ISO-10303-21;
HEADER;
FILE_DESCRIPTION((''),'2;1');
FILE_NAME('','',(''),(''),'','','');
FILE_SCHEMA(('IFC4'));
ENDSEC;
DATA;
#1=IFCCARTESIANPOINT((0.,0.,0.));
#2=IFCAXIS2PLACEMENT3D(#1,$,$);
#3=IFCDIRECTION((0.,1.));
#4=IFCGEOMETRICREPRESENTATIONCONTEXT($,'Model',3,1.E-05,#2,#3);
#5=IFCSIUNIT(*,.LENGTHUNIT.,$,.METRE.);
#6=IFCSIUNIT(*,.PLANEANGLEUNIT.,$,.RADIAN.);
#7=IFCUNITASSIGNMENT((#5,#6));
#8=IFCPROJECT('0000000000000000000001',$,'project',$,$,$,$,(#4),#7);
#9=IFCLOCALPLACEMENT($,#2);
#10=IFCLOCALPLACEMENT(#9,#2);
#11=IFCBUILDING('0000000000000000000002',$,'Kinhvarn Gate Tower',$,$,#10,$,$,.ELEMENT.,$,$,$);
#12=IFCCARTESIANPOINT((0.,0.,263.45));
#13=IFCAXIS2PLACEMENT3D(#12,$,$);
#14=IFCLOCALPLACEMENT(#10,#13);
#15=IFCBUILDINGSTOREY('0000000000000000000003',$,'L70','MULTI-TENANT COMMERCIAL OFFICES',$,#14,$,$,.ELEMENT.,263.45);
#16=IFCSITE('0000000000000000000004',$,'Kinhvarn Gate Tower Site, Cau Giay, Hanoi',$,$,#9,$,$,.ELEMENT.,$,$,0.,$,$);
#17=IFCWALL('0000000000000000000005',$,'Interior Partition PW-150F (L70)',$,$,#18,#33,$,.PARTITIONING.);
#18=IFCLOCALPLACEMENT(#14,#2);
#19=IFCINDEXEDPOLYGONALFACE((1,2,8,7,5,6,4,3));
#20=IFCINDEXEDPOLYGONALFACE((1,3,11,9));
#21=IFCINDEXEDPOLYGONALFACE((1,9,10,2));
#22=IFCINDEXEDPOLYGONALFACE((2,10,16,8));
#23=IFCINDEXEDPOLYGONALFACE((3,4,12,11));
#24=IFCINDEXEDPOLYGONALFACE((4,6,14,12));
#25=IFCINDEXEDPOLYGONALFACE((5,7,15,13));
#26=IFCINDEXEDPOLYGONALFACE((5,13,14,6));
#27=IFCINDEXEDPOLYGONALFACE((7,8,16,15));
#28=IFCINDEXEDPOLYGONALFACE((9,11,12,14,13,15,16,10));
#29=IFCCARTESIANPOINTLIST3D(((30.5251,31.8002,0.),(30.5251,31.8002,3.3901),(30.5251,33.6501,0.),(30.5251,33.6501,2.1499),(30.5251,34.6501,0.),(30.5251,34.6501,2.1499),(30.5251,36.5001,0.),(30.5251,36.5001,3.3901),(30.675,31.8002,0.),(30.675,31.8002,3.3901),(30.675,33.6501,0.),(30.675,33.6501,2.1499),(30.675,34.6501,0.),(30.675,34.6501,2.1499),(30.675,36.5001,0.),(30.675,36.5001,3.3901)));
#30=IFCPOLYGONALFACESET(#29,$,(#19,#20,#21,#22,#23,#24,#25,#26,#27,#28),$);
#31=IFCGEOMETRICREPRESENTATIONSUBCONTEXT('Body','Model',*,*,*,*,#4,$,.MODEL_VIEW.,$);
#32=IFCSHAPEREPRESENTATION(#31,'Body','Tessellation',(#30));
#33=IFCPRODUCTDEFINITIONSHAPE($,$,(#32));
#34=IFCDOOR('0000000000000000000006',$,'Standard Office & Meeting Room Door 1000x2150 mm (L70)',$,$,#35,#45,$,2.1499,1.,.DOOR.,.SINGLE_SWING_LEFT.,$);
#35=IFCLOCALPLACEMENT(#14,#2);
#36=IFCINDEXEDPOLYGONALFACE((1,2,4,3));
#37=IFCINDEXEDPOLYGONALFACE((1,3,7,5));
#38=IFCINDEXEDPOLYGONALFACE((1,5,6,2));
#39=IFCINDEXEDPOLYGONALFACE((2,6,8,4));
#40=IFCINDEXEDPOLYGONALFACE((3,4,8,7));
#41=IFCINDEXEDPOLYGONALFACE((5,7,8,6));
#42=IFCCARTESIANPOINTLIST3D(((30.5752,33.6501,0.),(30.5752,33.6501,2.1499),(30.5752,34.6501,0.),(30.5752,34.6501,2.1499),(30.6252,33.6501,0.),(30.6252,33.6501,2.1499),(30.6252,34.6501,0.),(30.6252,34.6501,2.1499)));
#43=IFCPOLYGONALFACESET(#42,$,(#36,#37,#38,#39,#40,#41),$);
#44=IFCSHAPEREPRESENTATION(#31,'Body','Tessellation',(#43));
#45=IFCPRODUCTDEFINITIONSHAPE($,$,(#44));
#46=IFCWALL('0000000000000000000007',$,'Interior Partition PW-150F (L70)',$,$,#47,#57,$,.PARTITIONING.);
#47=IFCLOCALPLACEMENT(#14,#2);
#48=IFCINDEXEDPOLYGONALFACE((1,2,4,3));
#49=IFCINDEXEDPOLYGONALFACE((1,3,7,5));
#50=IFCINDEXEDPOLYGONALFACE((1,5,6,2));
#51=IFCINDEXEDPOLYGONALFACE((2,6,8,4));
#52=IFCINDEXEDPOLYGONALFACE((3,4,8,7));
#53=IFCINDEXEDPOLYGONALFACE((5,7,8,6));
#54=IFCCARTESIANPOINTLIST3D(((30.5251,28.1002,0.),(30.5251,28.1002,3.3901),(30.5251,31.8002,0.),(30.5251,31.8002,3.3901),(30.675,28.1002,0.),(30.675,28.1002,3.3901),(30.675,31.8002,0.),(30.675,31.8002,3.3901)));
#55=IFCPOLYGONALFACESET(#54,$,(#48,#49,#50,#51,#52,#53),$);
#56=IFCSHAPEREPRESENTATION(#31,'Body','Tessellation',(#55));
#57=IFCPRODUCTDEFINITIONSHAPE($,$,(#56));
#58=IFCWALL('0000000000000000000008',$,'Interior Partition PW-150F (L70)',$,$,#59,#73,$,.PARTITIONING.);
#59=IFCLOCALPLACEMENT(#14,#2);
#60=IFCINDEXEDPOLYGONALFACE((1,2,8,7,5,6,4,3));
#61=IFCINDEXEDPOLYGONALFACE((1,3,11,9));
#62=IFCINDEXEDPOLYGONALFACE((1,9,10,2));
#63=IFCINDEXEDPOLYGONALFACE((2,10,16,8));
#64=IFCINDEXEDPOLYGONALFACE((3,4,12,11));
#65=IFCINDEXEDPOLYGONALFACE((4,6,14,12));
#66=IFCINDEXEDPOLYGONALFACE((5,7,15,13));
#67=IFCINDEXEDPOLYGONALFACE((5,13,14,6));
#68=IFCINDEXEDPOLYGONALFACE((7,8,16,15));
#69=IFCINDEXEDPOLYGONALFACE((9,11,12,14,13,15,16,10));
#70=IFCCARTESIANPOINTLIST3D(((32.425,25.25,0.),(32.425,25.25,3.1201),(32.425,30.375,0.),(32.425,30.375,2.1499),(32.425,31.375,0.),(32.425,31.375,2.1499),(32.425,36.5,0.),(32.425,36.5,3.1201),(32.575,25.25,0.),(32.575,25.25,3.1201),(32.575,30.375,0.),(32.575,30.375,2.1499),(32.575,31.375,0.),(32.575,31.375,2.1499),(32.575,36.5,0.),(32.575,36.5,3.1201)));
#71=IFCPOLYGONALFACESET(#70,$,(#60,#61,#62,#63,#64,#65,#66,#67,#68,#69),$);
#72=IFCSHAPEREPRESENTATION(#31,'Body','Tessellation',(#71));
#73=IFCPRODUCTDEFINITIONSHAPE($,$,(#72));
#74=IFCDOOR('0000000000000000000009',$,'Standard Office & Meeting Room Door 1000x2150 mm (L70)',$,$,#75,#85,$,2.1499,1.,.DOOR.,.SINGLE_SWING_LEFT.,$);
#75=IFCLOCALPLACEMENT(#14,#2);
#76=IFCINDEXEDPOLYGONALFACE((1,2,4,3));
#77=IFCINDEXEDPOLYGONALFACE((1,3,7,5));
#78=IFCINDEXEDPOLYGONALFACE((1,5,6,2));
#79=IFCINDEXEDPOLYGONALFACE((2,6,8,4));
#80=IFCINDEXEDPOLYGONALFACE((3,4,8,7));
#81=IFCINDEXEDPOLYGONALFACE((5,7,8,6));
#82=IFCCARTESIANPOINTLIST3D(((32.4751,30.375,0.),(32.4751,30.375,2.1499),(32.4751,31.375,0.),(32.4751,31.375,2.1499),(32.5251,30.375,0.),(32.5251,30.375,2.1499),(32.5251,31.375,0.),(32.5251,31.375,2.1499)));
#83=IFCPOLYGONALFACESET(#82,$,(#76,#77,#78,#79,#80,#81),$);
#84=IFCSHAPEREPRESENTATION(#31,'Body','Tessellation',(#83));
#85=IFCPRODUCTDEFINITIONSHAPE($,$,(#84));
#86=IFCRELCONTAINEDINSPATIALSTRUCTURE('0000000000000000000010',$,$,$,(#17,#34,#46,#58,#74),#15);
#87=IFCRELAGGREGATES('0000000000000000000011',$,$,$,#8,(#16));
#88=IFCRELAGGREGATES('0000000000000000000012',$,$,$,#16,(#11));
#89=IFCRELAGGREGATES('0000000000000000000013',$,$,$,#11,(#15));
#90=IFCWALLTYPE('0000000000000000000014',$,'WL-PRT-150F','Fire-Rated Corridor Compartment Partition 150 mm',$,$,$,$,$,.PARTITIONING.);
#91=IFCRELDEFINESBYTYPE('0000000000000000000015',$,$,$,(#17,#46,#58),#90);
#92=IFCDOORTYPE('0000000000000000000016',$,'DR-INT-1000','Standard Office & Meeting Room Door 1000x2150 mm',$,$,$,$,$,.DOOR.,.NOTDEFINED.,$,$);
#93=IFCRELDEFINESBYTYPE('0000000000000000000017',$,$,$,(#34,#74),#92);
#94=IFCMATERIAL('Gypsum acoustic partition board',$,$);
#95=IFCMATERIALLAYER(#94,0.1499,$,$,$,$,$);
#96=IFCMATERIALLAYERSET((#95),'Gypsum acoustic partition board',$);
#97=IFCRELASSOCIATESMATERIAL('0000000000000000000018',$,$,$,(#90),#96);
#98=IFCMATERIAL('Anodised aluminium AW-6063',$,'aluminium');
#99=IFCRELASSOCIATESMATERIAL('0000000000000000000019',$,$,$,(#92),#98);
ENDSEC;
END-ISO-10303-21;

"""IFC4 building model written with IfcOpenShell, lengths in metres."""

from ifc_helpers import new_model, si_unit, direction, frame, frame_2d, origin, place, context, subcontext, project, spatial, rectangle, extrude, material, layer, layer_set, type_object, element, fill, save


model = new_model("IFC4")

# Units and contexts
model_context = context("Model", 3, precision=1e-05, world=origin(), true_north=direction((0.0, 1.0)))
body_context = subcontext(model_context, "Body", "Model", "MODEL_VIEW")
ifc_project = project(units=[si_unit("LENGTHUNIT", "METRE"), si_unit("PLANEANGLEUNIT", "RADIAN")], contexts=[model_context])

# Site, building, storey
site_placement = place(None, origin())
site = spatial("IfcSite", under=ifc_project, at=site_placement, Name="Kinhvarn Gate Tower Site, Cau Giay, Hanoi", CompositionType="ELEMENT", RefElevation=0.0)
building_placement = place(site_placement, origin())
building = spatial("IfcBuilding", under=site, at=building_placement, Name="Kinhvarn Gate Tower", CompositionType="ELEMENT")
storey_placement = place(building_placement, frame((0.0, 0.0, 263.45)))
storey = spatial("IfcBuildingStorey", under=building, at=storey_placement, Name="L70", Description="MULTI-TENANT COMMERCIAL OFFICES", CompositionType="ELEMENT", Elevation=263.45)

# Shared definitions
ifc_material_1 = material(Name="Gypsum acoustic partition board")

# Wall, opening, door
ifc_layer_1 = layer(ifc_material_1, 0.1499)
ifc_layer_set_1 = layer_set([ifc_layer_1], Name="Gypsum acoustic partition board")
wall_type_1 = type_object("IfcWallType", Name="WL-PRT-150F", Description="Fire-Rated Corridor Compartment Partition 150 mm", PredefinedType="PARTITIONING", material=ifc_layer_set_1)
wall_1_placement = place(storey_placement, frame((30.6001, 31.8, 0.0), z_axis=(0.0, 0.0, 1.0), x_axis=(0.0, 1.0, 0.0)))
wall_1 = element("IfcWall", 1, at=wall_1_placement, inside=storey, type_object=wall_type_1, Name="Interior Partition PW-150F (L70)", PredefinedType="PARTITIONING", context=body_context, shape_type="SweptSolid", body=[
    extrude(rectangle(XDim=4.7, YDim=0.1499, at=frame_2d((2.3501, 0.0))), origin(), (0.0, 0.0, 1.0), 3.3901),
])
opening_1_placement = place(wall_1_placement, frame((1.8501, 0.0, 0.0)))
opening_1 = element("IfcOpeningElement", 2, at=opening_1_placement, cuts=wall_1, PredefinedType="OPENING", context=body_context, shape_type="SweptSolid", body=[
    extrude(rectangle(XDim=1.0, YDim=2.1499, at=frame_2d((0.5, 1.075))), frame((0.0, 0.085, 0.0), z_axis=(0.0, -1.0, 0.0), x_axis=(1.0, 0.0, 0.0)), (0.0, 0.0, 1.0), 0.1699),
])
ifc_material_2 = material(Name="Anodised aluminium AW-6063", Category="aluminium")
door_type = type_object("IfcDoorType", Name="DR-INT-1000", Description="Standard Office & Meeting Room Door 1000x2150 mm", OperationType="NOTDEFINED", PredefinedType="DOOR", material=ifc_material_2)
door_1_placement = place(opening_1_placement, origin())
door_1 = element("IfcDoor", 3, at=door_1_placement, inside=storey, type_object=door_type, Name="Standard Office & Meeting Room Door 1000x2150 mm (L70)", OperationType="SINGLE_SWING_LEFT", OverallHeight=2.1499, OverallWidth=1.0, PredefinedType="DOOR", context=body_context, shape_type="SweptSolid", body=[
    extrude(rectangle(XDim=1.0, YDim=2.1499, at=frame_2d((0.5, 1.075))), frame((0.0, 0.0249, 0.0), z_axis=(0.0, -1.0, 0.0), x_axis=(1.0, 0.0, 0.0)), (0.0, 0.0, 1.0), 0.05),
])
fill(opening_1, door_1)

# Wall
wall_2_placement = place(storey_placement, frame((30.6001, 28.1001, 0.0), z_axis=(0.0, 0.0, 1.0), x_axis=(0.0, 1.0, 0.0)))
element("IfcWall", 4, at=wall_2_placement, inside=storey, type_object=wall_type_1, Name="Interior Partition PW-150F (L70)", PredefinedType="PARTITIONING", context=body_context, shape_type="SweptSolid", body=[
    extrude(rectangle(XDim=3.7, YDim=0.1499, at=frame_2d((1.8501, 0.0))), origin(), (0.0, 0.0, 1.0), 3.3901),
])

# Wall, opening, door
wall_3_placement = place(storey_placement, frame((32.5, 25.25, 0.0), z_axis=(0.0, 0.0, 1.0), x_axis=(0.0, 1.0, 0.0)))
wall_3 = element("IfcWall", 5, at=wall_3_placement, inside=storey, type_object=wall_type_1, Name="Interior Partition PW-150F (L70)", PredefinedType="PARTITIONING", context=body_context, shape_type="SweptSolid", body=[
    extrude(rectangle(XDim=11.25, YDim=0.1499, at=frame_2d((5.625, 0.0))), origin(), (0.0, 0.0, 1.0), 3.1201),
])
opening_2_placement = place(wall_3_placement, frame((5.125, 0.0, 0.0)))
opening_2 = element("IfcOpeningElement", 6, at=opening_2_placement, cuts=wall_3, PredefinedType="OPENING", context=body_context, shape_type="SweptSolid", body=[
    extrude(rectangle(XDim=1.0, YDim=2.1499, at=frame_2d((0.5, 1.075))), frame((0.0, 0.085, 0.0), z_axis=(0.0, -1.0, 0.0), x_axis=(1.0, 0.0, 0.0)), (0.0, 0.0, 1.0), 0.1699),
])
door_2_placement = place(opening_2_placement, origin())
door_2 = element("IfcDoor", 7, at=door_2_placement, inside=storey, type_object=door_type, Name="Standard Office & Meeting Room Door 1000x2150 mm (L70)", OperationType="SINGLE_SWING_LEFT", OverallHeight=2.1499, OverallWidth=1.0, PredefinedType="DOOR", context=body_context, shape_type="SweptSolid", body=[
    extrude(rectangle(XDim=1.0, YDim=2.1499, at=frame_2d((0.5, 1.075))), frame((0.0, 0.0249, 0.0), z_axis=(0.0, -1.0, 0.0), x_axis=(1.0, 0.0, 0.0)), (0.0, 0.0, 1.0), 0.05),
])
fill(opening_2, door_2)

save(model, "model.ifc")
